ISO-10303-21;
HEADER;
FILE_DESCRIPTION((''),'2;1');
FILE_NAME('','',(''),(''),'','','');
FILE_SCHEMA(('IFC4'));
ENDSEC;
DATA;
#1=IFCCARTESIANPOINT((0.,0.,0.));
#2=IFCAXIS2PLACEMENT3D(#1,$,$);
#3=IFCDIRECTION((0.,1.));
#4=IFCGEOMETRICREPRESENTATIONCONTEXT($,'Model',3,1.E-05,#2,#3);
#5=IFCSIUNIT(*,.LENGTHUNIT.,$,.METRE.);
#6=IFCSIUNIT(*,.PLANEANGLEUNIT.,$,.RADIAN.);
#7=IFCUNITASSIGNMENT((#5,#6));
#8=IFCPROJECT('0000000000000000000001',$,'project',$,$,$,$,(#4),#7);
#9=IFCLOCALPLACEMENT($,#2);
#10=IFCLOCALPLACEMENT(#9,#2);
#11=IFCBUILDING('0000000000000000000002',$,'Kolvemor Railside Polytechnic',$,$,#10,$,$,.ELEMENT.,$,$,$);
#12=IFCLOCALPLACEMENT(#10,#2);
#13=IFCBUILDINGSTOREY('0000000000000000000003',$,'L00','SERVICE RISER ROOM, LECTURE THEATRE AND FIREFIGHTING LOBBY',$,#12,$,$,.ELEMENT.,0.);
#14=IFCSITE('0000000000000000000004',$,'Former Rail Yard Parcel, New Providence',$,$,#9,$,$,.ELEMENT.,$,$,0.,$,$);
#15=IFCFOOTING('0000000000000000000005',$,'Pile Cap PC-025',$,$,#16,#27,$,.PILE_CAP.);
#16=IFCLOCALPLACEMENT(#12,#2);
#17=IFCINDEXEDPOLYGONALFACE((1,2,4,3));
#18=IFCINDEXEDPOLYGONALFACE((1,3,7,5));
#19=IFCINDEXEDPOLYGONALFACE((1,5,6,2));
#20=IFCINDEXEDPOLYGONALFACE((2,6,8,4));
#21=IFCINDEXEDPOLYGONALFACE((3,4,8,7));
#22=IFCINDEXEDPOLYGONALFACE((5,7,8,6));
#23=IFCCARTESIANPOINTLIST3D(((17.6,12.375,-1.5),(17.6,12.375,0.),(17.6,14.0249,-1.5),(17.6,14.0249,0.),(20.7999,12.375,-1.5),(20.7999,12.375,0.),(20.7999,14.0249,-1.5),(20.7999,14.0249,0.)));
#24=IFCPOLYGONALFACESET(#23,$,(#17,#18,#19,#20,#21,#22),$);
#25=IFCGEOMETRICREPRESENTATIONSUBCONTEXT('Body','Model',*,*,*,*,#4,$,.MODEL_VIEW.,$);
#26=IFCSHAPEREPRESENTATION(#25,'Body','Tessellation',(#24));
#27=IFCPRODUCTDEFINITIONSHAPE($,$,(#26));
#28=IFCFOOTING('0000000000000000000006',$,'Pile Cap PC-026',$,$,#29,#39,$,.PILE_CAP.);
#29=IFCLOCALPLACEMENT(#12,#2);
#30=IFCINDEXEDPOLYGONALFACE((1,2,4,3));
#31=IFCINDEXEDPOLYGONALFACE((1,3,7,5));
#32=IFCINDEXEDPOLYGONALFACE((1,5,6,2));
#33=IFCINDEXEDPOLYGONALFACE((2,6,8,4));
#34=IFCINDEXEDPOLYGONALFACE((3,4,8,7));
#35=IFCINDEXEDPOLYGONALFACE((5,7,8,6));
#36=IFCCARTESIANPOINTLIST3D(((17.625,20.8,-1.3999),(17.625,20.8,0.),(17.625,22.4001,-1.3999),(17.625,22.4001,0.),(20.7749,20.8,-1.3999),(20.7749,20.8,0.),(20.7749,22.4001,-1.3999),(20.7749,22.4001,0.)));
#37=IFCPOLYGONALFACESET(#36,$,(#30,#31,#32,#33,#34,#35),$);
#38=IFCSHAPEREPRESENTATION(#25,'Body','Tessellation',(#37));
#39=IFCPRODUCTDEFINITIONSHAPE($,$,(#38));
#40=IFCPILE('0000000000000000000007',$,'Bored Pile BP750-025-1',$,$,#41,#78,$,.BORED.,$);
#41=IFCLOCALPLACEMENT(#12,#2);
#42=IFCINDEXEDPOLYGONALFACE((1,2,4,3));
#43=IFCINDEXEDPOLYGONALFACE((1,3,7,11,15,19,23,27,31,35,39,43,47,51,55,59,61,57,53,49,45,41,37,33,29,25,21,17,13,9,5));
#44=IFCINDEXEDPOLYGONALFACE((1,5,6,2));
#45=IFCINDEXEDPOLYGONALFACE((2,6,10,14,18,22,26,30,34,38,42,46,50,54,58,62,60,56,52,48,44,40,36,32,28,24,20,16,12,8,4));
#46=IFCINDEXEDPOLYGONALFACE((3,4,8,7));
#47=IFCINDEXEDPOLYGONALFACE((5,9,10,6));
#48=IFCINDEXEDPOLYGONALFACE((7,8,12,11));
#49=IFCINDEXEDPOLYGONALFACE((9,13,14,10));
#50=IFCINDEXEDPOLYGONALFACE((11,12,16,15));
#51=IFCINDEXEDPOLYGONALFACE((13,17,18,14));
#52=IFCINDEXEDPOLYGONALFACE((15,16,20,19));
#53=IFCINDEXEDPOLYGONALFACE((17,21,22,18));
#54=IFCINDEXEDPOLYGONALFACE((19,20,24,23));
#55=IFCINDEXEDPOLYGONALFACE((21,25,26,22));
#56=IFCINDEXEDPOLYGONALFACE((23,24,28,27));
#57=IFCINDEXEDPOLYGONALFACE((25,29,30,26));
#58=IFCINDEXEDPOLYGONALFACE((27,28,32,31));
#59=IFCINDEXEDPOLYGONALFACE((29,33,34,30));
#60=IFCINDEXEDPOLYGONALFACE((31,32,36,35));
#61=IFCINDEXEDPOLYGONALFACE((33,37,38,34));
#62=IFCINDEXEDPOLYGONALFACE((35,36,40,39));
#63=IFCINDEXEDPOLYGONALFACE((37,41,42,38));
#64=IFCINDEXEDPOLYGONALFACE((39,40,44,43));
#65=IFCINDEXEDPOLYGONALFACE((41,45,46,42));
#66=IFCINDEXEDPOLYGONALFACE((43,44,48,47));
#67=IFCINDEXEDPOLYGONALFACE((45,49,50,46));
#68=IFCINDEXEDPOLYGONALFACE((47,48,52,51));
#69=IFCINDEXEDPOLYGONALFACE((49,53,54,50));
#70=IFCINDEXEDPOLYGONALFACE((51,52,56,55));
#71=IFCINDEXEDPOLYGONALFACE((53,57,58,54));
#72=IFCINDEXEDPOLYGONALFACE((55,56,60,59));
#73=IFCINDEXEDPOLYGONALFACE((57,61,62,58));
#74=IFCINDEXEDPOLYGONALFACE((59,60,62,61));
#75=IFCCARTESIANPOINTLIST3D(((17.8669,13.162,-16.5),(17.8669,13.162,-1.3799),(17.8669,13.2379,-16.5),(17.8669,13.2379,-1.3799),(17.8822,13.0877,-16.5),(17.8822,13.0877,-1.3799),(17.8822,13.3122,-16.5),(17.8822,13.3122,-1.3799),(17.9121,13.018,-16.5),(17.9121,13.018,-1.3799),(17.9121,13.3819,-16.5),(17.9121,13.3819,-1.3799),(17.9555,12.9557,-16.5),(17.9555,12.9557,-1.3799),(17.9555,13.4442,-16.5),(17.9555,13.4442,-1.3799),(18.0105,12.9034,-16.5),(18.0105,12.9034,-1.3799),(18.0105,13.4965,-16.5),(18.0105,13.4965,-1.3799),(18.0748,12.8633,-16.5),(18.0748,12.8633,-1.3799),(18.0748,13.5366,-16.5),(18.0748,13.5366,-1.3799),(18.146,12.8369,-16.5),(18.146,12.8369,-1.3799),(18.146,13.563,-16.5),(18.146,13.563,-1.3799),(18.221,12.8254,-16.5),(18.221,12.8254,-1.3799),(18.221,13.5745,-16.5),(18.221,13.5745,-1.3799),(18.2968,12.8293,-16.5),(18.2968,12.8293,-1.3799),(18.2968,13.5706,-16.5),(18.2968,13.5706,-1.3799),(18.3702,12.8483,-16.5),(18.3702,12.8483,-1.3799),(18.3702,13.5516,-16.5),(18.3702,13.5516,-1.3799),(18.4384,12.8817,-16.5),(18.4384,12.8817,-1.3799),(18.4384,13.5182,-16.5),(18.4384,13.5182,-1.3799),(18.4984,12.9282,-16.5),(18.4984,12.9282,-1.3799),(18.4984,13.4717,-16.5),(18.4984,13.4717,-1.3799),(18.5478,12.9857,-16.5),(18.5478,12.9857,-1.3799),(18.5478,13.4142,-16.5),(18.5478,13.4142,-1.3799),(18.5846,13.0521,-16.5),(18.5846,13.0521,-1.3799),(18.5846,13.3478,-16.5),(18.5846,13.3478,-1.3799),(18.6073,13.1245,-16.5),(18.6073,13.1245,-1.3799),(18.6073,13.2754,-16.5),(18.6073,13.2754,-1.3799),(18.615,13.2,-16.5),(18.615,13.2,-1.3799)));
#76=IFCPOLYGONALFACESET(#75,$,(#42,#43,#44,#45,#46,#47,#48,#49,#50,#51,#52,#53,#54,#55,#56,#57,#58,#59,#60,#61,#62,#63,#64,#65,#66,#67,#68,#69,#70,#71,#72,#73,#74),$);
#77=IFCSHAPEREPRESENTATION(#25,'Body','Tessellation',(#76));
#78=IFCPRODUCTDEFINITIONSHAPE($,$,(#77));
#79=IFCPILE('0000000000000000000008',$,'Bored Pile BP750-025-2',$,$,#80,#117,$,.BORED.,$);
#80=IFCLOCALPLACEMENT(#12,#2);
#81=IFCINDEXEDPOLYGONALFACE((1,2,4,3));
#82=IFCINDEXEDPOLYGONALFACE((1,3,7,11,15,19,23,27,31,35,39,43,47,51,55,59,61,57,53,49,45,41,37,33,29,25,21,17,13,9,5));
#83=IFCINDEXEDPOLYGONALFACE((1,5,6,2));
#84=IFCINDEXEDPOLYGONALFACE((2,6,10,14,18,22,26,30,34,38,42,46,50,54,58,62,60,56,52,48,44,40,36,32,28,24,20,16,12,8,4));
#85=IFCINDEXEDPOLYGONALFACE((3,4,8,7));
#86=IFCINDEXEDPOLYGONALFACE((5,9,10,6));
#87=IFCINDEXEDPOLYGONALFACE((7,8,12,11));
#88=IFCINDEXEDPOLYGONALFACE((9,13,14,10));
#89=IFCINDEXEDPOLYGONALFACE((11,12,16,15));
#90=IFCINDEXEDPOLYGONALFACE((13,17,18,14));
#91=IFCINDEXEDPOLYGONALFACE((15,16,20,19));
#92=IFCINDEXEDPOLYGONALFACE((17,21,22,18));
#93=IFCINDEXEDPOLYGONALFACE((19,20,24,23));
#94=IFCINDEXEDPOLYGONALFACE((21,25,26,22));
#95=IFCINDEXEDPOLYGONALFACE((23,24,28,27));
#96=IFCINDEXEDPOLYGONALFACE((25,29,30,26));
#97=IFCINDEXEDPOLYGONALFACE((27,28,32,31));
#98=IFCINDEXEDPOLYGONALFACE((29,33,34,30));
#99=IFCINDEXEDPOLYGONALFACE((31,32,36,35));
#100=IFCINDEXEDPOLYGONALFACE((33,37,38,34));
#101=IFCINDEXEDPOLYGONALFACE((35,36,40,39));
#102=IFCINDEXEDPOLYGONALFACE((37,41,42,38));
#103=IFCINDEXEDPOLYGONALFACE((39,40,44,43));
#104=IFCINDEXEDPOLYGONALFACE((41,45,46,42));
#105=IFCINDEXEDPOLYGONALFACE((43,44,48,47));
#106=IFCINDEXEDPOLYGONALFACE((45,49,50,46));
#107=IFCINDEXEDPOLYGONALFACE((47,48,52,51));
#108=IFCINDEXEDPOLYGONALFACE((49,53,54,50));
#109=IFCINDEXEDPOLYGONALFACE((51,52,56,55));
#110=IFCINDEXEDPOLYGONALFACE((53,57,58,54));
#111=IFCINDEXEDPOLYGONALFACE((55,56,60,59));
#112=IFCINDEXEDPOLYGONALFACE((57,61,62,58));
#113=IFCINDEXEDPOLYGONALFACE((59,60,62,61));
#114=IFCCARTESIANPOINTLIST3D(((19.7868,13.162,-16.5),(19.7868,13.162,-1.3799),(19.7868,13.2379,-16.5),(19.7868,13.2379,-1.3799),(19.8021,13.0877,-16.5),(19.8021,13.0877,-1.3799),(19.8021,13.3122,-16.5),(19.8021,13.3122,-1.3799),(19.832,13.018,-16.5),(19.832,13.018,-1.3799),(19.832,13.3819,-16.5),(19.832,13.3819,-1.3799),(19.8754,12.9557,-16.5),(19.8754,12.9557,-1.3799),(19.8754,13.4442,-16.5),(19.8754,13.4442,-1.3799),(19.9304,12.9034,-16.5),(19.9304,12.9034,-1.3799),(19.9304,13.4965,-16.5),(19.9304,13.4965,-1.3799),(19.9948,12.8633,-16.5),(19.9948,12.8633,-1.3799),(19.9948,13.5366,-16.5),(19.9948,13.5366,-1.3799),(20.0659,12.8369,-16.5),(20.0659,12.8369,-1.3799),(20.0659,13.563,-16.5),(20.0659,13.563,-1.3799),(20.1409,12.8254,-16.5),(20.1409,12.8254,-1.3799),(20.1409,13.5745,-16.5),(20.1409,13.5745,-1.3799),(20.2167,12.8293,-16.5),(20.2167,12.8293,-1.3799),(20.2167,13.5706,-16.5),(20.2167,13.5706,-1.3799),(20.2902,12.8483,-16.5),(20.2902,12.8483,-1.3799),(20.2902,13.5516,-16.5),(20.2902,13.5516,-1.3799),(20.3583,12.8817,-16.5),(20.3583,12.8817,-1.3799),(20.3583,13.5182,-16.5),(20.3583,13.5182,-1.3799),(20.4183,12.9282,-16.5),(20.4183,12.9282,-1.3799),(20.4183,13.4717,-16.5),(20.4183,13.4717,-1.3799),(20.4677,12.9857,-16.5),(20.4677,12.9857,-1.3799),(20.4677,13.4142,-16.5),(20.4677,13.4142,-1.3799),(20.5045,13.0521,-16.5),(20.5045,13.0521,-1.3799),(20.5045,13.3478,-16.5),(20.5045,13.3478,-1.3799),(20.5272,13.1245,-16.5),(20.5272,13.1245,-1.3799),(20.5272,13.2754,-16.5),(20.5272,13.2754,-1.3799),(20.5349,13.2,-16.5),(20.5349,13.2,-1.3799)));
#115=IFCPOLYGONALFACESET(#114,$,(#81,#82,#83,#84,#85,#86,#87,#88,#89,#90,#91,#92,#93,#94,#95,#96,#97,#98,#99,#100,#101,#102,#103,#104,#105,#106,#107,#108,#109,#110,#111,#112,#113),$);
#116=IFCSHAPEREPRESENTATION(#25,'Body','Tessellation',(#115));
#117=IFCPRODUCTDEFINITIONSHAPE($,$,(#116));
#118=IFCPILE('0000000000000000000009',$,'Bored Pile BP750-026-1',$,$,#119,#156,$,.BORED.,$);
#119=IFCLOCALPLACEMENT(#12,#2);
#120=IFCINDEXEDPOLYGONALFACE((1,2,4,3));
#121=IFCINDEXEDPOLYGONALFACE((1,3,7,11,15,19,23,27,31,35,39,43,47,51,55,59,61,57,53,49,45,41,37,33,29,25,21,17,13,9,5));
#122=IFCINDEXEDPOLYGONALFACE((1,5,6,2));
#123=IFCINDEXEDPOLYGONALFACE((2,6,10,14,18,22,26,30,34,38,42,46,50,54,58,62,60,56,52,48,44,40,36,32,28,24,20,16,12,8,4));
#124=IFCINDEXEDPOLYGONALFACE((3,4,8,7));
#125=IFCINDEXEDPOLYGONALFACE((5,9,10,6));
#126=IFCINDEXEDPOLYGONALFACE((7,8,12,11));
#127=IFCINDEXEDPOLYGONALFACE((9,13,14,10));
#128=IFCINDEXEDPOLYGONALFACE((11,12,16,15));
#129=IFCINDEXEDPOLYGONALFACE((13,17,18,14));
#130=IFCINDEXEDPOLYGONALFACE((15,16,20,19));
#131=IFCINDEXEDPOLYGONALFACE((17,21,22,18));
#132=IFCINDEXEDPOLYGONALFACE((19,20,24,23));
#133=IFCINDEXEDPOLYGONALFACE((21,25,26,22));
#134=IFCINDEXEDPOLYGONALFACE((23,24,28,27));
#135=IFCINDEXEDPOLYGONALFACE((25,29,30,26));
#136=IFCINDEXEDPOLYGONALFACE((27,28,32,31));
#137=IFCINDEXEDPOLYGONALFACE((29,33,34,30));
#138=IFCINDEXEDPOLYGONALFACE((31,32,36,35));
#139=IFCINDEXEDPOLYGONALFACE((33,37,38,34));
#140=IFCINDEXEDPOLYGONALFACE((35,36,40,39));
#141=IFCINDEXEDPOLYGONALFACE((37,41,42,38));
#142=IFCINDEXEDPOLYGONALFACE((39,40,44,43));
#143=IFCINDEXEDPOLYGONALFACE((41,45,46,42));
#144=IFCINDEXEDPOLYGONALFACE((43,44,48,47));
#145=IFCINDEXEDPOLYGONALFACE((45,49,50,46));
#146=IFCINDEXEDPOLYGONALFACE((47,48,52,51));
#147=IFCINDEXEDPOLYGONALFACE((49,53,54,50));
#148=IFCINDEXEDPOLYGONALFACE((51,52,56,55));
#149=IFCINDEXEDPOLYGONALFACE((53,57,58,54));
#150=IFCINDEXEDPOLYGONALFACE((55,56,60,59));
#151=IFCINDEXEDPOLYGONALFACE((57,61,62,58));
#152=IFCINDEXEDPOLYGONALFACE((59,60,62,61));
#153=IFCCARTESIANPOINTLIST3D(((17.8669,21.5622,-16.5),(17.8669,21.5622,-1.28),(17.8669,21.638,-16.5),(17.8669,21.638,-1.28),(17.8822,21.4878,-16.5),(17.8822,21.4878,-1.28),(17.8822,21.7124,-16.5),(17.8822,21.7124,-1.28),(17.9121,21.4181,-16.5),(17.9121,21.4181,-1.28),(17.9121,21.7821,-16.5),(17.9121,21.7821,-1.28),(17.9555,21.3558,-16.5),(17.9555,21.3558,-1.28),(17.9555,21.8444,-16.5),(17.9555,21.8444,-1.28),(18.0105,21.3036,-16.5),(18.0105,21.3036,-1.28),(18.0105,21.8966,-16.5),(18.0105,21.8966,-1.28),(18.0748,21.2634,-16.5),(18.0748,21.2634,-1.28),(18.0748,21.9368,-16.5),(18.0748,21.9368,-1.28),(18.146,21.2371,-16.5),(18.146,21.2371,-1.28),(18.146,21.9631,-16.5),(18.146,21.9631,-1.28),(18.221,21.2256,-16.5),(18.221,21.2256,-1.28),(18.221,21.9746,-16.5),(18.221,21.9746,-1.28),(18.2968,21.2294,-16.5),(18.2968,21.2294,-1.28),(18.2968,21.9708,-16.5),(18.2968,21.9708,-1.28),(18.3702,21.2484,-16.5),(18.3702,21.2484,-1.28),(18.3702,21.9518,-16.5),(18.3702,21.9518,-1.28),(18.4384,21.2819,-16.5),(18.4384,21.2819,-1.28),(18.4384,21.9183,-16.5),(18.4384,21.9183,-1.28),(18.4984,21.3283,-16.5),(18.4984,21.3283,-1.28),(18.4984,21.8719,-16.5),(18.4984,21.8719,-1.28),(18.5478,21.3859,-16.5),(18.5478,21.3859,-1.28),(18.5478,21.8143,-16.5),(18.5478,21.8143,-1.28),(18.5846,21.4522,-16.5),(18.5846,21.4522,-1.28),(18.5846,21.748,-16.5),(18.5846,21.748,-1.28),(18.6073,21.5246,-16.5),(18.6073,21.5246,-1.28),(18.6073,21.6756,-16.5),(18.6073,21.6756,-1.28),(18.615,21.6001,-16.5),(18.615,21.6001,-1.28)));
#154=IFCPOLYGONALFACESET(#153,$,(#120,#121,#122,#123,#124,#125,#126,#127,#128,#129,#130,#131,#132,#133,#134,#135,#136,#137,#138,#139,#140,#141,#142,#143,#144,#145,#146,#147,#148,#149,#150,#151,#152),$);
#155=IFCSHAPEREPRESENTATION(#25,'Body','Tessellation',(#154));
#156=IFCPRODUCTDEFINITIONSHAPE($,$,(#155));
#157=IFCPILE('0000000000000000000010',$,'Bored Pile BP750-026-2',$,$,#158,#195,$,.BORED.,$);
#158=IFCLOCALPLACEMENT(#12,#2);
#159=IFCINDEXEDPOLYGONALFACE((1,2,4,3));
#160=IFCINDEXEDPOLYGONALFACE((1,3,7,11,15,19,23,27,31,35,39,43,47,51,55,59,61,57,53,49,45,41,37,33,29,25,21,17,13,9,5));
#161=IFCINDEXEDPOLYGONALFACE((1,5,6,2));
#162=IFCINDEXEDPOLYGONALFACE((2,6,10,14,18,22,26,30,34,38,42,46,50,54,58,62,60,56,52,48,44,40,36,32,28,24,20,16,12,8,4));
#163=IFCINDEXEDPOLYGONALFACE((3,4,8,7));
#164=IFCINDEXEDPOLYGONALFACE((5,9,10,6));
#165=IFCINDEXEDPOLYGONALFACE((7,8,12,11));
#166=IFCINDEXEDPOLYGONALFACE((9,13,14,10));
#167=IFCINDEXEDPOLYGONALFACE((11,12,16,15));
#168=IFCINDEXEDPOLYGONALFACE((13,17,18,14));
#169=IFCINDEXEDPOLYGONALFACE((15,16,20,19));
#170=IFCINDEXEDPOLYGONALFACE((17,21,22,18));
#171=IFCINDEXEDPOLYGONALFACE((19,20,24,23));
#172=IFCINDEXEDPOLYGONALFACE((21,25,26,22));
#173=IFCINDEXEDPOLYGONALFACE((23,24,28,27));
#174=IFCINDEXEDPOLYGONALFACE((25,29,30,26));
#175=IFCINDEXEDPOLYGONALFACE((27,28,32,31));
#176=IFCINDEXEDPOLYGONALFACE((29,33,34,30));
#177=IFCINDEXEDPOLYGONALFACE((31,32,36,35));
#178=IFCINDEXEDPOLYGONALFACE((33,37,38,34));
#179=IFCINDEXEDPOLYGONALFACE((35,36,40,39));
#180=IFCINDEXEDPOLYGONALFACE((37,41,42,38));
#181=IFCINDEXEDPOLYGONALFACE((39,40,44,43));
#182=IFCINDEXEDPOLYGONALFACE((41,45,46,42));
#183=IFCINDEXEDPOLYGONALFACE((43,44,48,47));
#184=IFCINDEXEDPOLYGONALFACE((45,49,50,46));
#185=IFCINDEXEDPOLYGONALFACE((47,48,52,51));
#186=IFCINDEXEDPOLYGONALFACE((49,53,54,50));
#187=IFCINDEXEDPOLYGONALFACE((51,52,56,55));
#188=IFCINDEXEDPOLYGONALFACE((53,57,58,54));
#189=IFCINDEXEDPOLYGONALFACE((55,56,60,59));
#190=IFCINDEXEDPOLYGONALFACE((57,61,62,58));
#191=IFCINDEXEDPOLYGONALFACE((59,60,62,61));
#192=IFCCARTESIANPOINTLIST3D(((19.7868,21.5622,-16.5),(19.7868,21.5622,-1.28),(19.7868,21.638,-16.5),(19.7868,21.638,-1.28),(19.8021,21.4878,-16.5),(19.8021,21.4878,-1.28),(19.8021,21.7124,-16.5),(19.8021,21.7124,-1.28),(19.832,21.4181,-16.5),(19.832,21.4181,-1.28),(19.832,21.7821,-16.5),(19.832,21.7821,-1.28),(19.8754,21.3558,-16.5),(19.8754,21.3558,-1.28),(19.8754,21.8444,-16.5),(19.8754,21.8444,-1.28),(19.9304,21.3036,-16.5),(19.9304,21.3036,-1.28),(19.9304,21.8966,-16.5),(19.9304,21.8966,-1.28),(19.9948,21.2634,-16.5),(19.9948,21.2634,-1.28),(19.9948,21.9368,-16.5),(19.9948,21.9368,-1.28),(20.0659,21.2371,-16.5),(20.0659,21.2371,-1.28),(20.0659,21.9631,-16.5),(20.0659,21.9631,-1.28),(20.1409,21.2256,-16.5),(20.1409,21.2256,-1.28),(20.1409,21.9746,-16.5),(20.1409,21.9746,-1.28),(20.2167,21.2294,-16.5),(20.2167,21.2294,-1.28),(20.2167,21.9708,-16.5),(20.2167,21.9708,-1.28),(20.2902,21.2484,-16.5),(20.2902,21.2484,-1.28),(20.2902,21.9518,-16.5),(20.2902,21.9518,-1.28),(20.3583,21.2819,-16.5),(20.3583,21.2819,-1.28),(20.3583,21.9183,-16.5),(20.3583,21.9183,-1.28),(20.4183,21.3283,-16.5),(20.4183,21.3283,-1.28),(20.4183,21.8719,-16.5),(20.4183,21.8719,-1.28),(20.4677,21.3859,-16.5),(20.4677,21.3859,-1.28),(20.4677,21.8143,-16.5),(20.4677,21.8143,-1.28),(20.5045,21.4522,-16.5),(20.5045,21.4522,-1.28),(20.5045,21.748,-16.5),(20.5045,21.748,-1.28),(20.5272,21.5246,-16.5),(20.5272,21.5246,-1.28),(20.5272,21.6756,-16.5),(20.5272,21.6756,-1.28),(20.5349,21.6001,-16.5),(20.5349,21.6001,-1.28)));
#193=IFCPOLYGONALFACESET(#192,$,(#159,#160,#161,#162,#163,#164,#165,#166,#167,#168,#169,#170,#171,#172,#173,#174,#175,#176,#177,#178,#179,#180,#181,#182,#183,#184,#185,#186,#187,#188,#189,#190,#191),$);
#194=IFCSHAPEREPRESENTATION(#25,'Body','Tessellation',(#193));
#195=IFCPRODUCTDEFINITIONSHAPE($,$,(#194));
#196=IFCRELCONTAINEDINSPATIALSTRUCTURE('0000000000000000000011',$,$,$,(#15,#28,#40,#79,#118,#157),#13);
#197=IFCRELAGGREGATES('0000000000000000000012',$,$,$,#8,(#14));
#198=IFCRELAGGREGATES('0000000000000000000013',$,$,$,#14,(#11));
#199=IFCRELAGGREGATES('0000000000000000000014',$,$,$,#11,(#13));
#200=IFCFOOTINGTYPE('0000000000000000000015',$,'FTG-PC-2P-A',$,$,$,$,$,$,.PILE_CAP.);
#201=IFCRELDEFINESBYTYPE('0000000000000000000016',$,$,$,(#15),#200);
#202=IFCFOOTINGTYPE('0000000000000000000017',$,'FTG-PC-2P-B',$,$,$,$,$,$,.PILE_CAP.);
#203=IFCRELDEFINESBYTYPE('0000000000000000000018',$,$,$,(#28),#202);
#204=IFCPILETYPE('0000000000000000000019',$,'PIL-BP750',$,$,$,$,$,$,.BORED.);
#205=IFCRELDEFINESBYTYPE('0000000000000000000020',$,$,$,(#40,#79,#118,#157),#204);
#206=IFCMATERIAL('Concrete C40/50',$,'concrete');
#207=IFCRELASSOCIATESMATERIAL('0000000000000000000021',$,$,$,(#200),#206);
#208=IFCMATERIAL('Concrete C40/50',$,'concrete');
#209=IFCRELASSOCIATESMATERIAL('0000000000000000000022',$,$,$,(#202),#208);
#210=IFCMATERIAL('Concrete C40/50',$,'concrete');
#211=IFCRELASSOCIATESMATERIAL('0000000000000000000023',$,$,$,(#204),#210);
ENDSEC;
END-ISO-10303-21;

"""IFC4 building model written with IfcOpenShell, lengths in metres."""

from ifc_helpers import new_model, si_unit, direction, frame, origin, origin_2d, place, context, subcontext, project, spatial, rectangle, circle, extrude, material, material_profile, profile_set, type_object, element, save


model = new_model("IFC4")

# Units and contexts
model_context = context("Model", 3, precision=1e-05, world=origin(), true_north=direction((0.0, 1.0)))
body_context = subcontext(model_context, "Body", "Model", "MODEL_VIEW")
ifc_project = project(units=[si_unit("LENGTHUNIT", "METRE"), si_unit("PLANEANGLEUNIT", "RADIAN")], contexts=[model_context])

# Site, building, storey
site_placement = place(None, origin())
site = spatial("IfcSite", under=ifc_project, at=site_placement, Name="Former Rail Yard Parcel, New Providence", CompositionType="ELEMENT", RefElevation=0.0)
building_placement = place(site_placement, origin())
building = spatial("IfcBuilding", under=site, at=building_placement, Name="Kolvemor Railside Polytechnic", CompositionType="ELEMENT")
storey_placement = place(building_placement, origin())
storey = spatial("IfcBuildingStorey", under=building, at=storey_placement, Name="L00", Description="SERVICE RISER ROOM, LECTURE THEATRE AND FIREFIGHTING LOBBY", CompositionType="ELEMENT", Elevation=0.0)

# Footings
ifc_material_1 = material(Name="Concrete C40/50", Category="concrete")
footing_type_1 = type_object("IfcFootingType", Name="FTG-PC-2P-A", PredefinedType="PILE_CAP", material=ifc_material_1)
footing_1_placement = place(storey_placement, frame((19.2, 13.2, -1.5), z_axis=(0.0, 0.0, 1.0), x_axis=(1.0, 0.0, 0.0)))
element("IfcFooting", 1, at=footing_1_placement, inside=storey, type_object=footing_type_1, Name="Pile Cap PC-025", PredefinedType="PILE_CAP", context=body_context, shape_type="SweptSolid", body=[
    extrude(rectangle(XDim=3.2, YDim=1.6499, at=origin_2d()), origin(), (0.0, 0.0, 1.0), 1.5),
])
ifc_material_2 = material(Name="Concrete C40/50", Category="concrete")
footing_type_2 = type_object("IfcFootingType", Name="FTG-PC-2P-B", PredefinedType="PILE_CAP", material=ifc_material_2)
footing_2_placement = place(storey_placement, frame((19.2, 21.6001, -1.3999), z_axis=(0.0, 0.0, 1.0), x_axis=(1.0, 0.0, 0.0)))
element("IfcFooting", 2, at=footing_2_placement, inside=storey, type_object=footing_type_2, Name="Pile Cap PC-026", PredefinedType="PILE_CAP", context=body_context, shape_type="SweptSolid", body=[
    extrude(rectangle(XDim=3.1499, YDim=1.6001, at=origin_2d()), origin(), (0.0, 0.0, 1.0), 1.3999),
])

# Piles
ifc_material_3 = material(Name="Concrete C40/50", Category="concrete")
ifc_material_profile_1 = material_profile(ifc_material_3, circle(Radius=0.375, at=origin_2d()), Name="BP750")
ifc_profile_set_1 = profile_set([ifc_material_profile_1], Name="Concrete C40/50")
pile_type = type_object("IfcPileType", Name="PIL-BP750", PredefinedType="BORED", material=ifc_profile_set_1)
for number, where, z_axis, x_axis, name in (
    (3, (18.24, 13.2, -1.3799), (0.0, 0.0, -1.0), (1.0, 0.0, 0.0), "Bored Pile BP750-025-1"),
    (4, (20.1599, 13.2, -1.3799), (0.0, 0.0, -1.0), (1.0, 0.0, 0.0), "Bored Pile BP750-025-2"),
):
    element("IfcPile", number, at=place(storey_placement, frame(where, z_axis=z_axis, x_axis=x_axis)), inside=storey, type_object=pile_type, Name=name, PredefinedType="BORED", context=body_context, shape_type="SweptSolid", body=[
        extrude(circle(Radius=0.375, at=origin_2d()), origin(), (0.0, 0.0, 1.0), 15.1201),
    ])
for number, where, z_axis, x_axis, name in (
    (5, (18.24, 21.6001, -1.28), (0.0, 0.0, -1.0), (1.0, 0.0, 0.0), "Bored Pile BP750-026-1"),
    (6, (20.1599, 21.6001, -1.28), (0.0, 0.0, -1.0), (1.0, 0.0, 0.0), "Bored Pile BP750-026-2"),
):
    element("IfcPile", number, at=place(storey_placement, frame(where, z_axis=z_axis, x_axis=x_axis)), inside=storey, type_object=pile_type, Name=name, PredefinedType="BORED", context=body_context, shape_type="SweptSolid", body=[
        extrude(circle(Radius=0.375, at=origin_2d()), origin(), (0.0, 0.0, 1.0), 15.22),
    ])

save(model, "model.ifc")
